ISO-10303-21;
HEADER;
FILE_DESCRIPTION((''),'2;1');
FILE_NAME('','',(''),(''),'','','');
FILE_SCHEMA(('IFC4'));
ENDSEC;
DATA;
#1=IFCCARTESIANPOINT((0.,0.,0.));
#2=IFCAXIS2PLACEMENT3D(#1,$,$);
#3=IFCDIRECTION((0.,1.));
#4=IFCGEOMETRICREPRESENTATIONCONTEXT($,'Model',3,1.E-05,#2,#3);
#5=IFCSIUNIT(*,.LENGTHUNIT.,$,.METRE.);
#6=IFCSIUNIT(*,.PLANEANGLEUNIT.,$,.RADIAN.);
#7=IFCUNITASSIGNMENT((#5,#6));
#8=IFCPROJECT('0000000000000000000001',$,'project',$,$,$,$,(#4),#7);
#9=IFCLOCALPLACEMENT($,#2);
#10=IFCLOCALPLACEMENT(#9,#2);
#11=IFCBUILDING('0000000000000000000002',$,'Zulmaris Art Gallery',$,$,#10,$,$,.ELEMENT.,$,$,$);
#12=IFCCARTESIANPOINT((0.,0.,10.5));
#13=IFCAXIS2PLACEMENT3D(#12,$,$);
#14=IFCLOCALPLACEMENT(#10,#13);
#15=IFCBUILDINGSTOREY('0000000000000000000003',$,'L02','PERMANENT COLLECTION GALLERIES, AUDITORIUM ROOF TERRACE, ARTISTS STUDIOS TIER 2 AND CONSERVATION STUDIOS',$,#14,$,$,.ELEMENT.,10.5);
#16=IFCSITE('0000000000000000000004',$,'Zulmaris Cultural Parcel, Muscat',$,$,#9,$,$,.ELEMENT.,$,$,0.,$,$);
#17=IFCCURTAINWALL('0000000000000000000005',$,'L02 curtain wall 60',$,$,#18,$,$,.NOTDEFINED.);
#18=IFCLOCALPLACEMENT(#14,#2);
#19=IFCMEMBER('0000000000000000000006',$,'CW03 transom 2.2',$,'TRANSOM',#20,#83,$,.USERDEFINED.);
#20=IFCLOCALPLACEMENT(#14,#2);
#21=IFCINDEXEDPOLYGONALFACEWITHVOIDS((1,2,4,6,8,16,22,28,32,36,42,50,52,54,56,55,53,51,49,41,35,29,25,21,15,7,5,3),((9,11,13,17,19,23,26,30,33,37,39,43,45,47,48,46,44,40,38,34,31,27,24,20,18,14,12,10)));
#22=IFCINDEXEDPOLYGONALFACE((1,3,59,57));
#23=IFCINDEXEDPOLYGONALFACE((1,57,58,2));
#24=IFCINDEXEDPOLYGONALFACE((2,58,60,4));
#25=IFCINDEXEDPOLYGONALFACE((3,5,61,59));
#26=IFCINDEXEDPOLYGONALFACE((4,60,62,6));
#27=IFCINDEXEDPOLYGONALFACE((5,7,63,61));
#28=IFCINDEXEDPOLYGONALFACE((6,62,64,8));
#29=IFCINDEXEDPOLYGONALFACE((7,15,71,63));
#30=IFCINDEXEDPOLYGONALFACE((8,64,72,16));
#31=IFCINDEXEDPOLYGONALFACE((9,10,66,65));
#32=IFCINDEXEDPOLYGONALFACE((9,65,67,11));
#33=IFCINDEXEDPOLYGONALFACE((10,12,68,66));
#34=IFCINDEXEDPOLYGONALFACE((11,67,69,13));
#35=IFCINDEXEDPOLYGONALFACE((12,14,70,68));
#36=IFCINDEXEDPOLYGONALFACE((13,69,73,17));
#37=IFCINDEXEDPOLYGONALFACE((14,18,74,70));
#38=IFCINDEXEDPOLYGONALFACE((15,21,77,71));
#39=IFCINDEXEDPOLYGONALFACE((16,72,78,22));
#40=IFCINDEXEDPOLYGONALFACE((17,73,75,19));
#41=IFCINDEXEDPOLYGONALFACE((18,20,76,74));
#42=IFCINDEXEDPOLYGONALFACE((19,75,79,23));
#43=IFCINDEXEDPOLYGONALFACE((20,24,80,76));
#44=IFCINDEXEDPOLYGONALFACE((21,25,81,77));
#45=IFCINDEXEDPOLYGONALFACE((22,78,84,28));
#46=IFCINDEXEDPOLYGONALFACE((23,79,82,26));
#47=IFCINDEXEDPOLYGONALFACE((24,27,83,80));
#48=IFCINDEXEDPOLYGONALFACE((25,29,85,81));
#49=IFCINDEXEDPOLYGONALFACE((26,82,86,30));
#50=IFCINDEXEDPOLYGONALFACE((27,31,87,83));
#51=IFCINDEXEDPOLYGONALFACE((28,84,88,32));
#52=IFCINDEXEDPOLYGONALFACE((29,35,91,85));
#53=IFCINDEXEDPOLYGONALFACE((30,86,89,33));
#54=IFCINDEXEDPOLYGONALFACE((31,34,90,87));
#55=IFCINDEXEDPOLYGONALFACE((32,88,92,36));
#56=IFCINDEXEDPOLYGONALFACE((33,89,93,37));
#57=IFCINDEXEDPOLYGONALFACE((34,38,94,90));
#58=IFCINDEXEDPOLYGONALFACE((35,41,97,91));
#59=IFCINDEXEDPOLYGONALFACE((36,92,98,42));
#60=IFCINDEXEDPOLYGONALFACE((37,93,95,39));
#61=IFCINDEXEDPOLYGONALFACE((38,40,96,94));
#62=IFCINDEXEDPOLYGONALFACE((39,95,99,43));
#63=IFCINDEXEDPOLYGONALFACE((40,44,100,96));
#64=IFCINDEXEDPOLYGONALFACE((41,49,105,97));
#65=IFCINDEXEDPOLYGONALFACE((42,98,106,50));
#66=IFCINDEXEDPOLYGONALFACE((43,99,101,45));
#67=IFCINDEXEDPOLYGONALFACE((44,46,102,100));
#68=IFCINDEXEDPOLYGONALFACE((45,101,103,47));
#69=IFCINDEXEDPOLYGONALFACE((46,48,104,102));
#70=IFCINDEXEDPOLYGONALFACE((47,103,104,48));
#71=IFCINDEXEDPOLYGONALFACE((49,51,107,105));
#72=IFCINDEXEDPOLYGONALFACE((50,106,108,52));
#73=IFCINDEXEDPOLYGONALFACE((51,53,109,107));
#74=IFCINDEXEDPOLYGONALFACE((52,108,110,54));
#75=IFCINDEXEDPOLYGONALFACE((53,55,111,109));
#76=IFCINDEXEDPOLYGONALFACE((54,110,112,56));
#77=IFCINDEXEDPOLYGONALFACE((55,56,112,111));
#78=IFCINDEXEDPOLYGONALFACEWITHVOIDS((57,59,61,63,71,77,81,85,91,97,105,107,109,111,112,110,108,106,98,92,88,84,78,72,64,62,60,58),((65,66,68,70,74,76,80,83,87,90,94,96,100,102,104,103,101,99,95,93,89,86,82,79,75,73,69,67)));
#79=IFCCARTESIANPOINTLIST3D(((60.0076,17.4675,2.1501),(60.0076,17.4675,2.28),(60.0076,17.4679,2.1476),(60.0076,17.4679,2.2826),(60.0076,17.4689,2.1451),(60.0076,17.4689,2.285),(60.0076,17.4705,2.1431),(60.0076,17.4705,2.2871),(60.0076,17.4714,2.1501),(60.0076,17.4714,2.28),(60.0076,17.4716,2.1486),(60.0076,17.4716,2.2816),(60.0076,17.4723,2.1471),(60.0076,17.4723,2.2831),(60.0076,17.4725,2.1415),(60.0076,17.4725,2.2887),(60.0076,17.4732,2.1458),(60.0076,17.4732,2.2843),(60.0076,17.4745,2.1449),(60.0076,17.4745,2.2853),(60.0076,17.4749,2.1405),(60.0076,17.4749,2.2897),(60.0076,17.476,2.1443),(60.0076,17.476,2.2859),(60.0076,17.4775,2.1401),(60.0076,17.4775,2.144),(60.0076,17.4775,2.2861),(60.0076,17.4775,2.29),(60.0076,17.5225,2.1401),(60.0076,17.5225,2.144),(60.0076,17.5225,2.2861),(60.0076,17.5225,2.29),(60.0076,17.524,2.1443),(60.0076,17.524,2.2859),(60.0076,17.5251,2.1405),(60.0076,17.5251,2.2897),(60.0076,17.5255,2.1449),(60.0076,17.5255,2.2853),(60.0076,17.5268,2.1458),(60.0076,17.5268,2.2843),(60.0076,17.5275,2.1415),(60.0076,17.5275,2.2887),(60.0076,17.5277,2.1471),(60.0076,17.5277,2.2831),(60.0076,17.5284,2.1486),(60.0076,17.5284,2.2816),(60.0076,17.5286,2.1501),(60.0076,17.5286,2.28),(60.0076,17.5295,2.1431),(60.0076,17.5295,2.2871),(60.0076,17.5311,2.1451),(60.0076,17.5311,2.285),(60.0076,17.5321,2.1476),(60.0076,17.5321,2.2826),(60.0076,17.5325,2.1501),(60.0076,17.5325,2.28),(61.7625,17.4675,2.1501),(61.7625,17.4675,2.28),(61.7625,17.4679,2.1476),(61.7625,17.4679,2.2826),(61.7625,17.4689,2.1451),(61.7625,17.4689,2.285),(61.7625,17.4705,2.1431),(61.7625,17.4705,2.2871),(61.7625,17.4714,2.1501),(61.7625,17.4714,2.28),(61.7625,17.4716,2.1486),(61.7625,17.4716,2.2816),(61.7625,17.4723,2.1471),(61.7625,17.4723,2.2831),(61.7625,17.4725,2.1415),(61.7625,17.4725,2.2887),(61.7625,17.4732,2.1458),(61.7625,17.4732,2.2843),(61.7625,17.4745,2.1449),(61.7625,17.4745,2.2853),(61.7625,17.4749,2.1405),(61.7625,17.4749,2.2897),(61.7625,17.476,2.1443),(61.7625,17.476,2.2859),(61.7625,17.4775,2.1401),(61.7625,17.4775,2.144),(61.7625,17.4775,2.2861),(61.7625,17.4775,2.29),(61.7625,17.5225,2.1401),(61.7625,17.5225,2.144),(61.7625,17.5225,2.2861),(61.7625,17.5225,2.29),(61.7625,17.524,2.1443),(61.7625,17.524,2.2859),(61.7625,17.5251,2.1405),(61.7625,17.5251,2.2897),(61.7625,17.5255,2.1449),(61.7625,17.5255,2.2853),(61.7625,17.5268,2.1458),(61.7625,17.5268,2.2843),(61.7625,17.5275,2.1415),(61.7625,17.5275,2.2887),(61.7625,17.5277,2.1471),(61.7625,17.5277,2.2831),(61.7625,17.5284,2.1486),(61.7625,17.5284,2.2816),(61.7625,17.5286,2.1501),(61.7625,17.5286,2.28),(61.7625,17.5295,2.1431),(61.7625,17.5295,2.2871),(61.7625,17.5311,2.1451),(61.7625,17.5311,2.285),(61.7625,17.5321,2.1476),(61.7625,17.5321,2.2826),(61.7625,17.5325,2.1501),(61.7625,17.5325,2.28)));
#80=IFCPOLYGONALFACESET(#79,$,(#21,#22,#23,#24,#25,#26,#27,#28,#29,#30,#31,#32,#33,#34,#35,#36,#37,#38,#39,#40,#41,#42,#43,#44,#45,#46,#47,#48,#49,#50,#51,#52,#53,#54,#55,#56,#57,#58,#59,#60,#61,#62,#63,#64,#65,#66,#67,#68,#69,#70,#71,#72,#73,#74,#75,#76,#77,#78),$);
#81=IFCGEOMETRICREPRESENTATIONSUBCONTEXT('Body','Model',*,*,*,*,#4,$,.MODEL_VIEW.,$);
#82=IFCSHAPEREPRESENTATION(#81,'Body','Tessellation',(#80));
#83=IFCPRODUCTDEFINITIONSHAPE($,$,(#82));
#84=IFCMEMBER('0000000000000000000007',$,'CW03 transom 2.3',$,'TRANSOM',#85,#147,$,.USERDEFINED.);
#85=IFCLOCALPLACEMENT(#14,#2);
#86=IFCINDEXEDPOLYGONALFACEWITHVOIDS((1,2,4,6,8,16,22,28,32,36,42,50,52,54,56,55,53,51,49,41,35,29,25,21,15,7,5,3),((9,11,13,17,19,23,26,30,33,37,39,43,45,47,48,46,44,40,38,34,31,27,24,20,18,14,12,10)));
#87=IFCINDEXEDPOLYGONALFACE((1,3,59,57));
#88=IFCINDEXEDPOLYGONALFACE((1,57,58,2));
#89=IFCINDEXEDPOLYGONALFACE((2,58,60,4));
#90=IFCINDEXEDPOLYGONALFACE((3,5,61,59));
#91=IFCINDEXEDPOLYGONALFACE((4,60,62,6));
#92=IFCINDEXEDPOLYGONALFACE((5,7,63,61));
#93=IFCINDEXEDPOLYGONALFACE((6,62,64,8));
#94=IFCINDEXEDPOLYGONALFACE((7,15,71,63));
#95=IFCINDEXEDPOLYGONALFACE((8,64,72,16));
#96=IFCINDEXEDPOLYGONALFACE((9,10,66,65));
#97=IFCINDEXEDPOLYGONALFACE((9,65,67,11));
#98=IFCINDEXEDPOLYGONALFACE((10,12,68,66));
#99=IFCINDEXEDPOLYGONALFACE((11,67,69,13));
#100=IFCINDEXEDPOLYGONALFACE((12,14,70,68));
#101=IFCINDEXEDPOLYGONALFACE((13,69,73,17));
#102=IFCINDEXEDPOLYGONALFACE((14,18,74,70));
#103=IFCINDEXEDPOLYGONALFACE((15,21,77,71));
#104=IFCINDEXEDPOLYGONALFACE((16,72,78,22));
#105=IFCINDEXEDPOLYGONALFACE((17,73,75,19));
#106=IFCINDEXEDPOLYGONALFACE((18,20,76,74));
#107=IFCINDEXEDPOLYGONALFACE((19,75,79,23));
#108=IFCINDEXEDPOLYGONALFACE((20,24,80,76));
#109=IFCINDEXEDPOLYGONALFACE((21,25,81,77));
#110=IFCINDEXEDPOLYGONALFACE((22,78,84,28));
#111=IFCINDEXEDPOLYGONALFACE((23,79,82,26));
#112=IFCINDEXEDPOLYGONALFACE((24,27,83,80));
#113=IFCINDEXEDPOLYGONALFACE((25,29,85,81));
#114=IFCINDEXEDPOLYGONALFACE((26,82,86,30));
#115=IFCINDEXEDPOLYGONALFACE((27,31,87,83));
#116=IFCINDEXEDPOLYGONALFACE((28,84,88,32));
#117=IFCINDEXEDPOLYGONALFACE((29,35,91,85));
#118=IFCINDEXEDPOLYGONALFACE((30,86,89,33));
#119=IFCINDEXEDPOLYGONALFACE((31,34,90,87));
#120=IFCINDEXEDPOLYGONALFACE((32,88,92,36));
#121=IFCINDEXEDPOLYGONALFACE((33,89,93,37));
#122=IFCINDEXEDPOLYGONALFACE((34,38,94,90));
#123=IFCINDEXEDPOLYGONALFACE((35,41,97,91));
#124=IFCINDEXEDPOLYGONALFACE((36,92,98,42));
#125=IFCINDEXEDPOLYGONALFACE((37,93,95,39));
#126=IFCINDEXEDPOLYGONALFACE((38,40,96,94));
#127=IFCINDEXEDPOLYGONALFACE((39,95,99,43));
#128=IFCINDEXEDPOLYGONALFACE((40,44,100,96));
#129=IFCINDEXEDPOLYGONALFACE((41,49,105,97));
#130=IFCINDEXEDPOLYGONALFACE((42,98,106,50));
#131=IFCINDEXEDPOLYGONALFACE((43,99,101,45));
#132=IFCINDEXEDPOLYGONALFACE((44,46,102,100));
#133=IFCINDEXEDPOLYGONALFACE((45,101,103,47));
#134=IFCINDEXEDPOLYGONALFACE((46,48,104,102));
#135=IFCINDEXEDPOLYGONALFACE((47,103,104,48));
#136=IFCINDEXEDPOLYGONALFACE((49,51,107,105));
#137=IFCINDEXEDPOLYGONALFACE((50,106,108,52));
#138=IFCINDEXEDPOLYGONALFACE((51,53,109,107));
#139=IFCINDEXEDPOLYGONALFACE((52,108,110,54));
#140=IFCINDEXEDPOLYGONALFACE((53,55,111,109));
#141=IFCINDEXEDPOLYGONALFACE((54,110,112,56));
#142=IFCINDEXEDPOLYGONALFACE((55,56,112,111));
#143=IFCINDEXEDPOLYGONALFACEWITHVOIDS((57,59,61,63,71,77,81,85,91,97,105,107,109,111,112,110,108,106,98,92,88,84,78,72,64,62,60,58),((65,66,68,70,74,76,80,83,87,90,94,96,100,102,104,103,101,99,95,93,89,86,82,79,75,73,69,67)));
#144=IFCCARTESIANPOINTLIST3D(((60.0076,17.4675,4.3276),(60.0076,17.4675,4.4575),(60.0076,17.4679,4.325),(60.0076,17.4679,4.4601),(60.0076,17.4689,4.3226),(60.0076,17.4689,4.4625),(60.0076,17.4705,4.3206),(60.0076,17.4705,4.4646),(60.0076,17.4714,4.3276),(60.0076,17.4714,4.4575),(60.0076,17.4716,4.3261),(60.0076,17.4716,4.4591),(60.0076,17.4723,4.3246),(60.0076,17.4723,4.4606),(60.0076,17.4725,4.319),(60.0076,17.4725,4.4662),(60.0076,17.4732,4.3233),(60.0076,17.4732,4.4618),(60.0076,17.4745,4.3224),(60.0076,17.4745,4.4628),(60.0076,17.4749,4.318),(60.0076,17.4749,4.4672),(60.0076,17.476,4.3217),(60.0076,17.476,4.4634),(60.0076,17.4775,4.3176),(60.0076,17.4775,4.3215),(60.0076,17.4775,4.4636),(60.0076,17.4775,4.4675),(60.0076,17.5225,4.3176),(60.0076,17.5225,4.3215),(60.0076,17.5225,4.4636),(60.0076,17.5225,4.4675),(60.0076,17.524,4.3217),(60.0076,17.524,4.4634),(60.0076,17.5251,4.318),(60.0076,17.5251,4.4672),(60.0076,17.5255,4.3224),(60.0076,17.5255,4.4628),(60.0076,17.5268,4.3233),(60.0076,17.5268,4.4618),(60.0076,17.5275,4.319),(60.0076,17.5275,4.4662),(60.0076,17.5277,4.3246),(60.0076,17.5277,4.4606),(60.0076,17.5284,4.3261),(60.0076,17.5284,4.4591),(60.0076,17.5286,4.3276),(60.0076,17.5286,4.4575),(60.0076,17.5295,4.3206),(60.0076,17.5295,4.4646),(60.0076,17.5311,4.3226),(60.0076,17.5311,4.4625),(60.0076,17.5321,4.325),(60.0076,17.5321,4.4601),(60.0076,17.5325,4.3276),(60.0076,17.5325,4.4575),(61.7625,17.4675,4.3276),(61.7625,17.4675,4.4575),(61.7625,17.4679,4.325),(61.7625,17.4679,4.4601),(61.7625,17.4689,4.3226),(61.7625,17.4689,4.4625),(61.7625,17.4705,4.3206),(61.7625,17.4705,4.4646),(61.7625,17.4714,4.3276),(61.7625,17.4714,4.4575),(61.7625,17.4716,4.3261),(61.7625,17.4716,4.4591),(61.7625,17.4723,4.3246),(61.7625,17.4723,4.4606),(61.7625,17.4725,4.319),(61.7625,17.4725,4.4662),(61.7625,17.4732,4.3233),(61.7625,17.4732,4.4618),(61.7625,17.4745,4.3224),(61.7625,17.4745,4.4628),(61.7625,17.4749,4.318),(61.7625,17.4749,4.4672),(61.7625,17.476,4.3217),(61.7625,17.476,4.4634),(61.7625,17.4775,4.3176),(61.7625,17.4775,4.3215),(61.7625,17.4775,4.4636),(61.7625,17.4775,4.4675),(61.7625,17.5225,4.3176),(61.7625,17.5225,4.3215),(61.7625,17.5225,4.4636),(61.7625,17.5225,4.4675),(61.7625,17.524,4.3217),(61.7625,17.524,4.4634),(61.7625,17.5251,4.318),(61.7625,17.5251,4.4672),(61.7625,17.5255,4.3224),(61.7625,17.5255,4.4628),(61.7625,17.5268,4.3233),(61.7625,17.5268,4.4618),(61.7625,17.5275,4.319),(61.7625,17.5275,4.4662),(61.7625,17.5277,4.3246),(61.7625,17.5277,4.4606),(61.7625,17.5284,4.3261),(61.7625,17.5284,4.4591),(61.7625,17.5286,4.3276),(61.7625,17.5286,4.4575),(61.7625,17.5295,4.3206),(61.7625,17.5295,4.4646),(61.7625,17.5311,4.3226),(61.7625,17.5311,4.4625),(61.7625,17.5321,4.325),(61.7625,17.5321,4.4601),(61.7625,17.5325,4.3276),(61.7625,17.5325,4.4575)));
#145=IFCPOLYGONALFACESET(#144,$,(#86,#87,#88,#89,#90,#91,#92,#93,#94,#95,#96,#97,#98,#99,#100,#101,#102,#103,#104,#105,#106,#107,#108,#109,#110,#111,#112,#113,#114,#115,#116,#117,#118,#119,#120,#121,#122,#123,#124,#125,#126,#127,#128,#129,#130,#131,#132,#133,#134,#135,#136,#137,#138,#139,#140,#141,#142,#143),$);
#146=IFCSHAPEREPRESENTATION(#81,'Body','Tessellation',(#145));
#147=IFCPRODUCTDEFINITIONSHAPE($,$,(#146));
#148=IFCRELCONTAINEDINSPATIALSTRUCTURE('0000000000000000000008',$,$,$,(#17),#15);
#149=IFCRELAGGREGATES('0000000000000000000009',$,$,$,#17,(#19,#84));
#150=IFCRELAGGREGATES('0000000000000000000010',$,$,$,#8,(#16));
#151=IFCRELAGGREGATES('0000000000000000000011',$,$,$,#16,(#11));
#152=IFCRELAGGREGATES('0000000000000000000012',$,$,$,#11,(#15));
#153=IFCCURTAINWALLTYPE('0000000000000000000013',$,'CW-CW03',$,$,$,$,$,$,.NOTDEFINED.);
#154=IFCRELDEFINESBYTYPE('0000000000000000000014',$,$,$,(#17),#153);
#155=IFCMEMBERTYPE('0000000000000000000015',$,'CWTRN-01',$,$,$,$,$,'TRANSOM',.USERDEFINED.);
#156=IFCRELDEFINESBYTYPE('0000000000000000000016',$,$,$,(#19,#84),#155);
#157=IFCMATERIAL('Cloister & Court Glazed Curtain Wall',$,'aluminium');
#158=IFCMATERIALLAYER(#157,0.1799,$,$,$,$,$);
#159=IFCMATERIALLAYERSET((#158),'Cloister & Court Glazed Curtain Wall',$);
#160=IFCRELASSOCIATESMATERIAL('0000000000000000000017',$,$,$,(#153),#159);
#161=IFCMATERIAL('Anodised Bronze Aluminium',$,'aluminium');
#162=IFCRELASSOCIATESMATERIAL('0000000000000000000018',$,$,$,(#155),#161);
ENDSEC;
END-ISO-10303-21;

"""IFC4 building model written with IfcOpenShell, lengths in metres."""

from ifc_helpers import new_model, si_unit, direction, frame, origin, origin_2d, place, context, subcontext, project, spatial, hollow_rectangle, extrude, material, layer, layer_set, material_profile, profile_set, type_object, element, aggregate, save


model = new_model("IFC4")

# Units and contexts
model_context = context("Model", 3, precision=1e-05, world=origin(), true_north=direction((0.0, 1.0)))
body_context = subcontext(model_context, "Body", "Model", "MODEL_VIEW")
ifc_project = project(units=[si_unit("LENGTHUNIT", "METRE"), si_unit("PLANEANGLEUNIT", "RADIAN")], contexts=[model_context])

# Site, building, storey
site_placement = place(None, origin())
site = spatial("IfcSite", under=ifc_project, at=site_placement, Name="Zulmaris Cultural Parcel, Muscat", CompositionType="ELEMENT", RefElevation=0.0)
building_placement = place(site_placement, origin())
building = spatial("IfcBuilding", under=site, at=building_placement, Name="Zulmaris Art Gallery", CompositionType="ELEMENT")
storey_placement = place(building_placement, frame((0.0, 0.0, 10.5)))
storey = spatial("IfcBuildingStorey", under=building, at=storey_placement, Name="L02", Description="PERMANENT COLLECTION GALLERIES, AUDITORIUM ROOF TERRACE, ARTISTS STUDIOS TIER 2 AND CONSERVATION STUDIOS", CompositionType="ELEMENT", Elevation=10.5)

# Shared definitions
ifc_material_1 = material(Name="Cloister & Court Glazed Curtain Wall", Category="aluminium")
ifc_layer_1 = layer(ifc_material_1, 0.1799)
ifc_layer_set_1 = layer_set([ifc_layer_1], Name="Cloister & Court Glazed Curtain Wall")
curtain_wall_type = type_object("IfcCurtainWallType", Name="CW-CW03", PredefinedType="NOTDEFINED", material=ifc_layer_set_1)
ifc_material_2 = material(Name="Anodised Bronze Aluminium", Category="aluminium")

# Curtain wall, members
curtain_wall_1_placement = place(storey_placement, origin())
curtain_wall_1 = element("IfcCurtainWall", 1, at=curtain_wall_1_placement, inside=storey, type_object=curtain_wall_type, Name="L02 curtain wall 60", PredefinedType="NOTDEFINED")
ifc_material_profile_1 = material_profile(ifc_material_2, hollow_rectangle(XDim=0.0649, YDim=0.1499, WallThickness=0.0039, InnerFilletRadius=0.0061, OuterFilletRadius=0.01, at=origin_2d()), Name="ALU 65x150x4")
ifc_profile_set_1 = profile_set([ifc_material_profile_1], Name="Anodised Bronze Aluminium")
member_type_1 = type_object("IfcMemberType", Name="CWTRN-01", ElementType="TRANSOM", PredefinedType="USERDEFINED", material=ifc_profile_set_1)
member_1_placement = place(storey_placement, frame((60.0076, 17.5, 2.2151), z_axis=(1.0, 0.0, 0.0), x_axis=(0.0, 1.0, 0.0)))
member_1 = element("IfcMember", 2, at=member_1_placement, type_object=member_type_1, Name="CW03 transom 2.2", ObjectType="TRANSOM", PredefinedType="USERDEFINED", context=body_context, shape_type="SweptSolid", body=[
    extrude(hollow_rectangle(XDim=0.0649, YDim=0.1499, WallThickness=0.0039, InnerFilletRadius=0.0061, OuterFilletRadius=0.01, at=origin_2d()), origin(), (0.0, 0.0, 1.0), 1.7549),
])
member_2_placement = place(storey_placement, frame((60.0076, 17.5, 4.3926), z_axis=(1.0, 0.0, 0.0), x_axis=(0.0, 1.0, 0.0)))
member_2 = element("IfcMember", 3, at=member_2_placement, type_object=member_type_1, Name="CW03 transom 2.3", ObjectType="TRANSOM", PredefinedType="USERDEFINED", context=body_context, shape_type="SweptSolid", body=[
    extrude(hollow_rectangle(XDim=0.0649, YDim=0.1499, WallThickness=0.0039, InnerFilletRadius=0.0061, OuterFilletRadius=0.01, at=origin_2d()), origin(), (0.0, 0.0, 1.0), 1.7549),
])
aggregate(curtain_wall_1, [member_1, member_2])

save(model, "model.ifc")
